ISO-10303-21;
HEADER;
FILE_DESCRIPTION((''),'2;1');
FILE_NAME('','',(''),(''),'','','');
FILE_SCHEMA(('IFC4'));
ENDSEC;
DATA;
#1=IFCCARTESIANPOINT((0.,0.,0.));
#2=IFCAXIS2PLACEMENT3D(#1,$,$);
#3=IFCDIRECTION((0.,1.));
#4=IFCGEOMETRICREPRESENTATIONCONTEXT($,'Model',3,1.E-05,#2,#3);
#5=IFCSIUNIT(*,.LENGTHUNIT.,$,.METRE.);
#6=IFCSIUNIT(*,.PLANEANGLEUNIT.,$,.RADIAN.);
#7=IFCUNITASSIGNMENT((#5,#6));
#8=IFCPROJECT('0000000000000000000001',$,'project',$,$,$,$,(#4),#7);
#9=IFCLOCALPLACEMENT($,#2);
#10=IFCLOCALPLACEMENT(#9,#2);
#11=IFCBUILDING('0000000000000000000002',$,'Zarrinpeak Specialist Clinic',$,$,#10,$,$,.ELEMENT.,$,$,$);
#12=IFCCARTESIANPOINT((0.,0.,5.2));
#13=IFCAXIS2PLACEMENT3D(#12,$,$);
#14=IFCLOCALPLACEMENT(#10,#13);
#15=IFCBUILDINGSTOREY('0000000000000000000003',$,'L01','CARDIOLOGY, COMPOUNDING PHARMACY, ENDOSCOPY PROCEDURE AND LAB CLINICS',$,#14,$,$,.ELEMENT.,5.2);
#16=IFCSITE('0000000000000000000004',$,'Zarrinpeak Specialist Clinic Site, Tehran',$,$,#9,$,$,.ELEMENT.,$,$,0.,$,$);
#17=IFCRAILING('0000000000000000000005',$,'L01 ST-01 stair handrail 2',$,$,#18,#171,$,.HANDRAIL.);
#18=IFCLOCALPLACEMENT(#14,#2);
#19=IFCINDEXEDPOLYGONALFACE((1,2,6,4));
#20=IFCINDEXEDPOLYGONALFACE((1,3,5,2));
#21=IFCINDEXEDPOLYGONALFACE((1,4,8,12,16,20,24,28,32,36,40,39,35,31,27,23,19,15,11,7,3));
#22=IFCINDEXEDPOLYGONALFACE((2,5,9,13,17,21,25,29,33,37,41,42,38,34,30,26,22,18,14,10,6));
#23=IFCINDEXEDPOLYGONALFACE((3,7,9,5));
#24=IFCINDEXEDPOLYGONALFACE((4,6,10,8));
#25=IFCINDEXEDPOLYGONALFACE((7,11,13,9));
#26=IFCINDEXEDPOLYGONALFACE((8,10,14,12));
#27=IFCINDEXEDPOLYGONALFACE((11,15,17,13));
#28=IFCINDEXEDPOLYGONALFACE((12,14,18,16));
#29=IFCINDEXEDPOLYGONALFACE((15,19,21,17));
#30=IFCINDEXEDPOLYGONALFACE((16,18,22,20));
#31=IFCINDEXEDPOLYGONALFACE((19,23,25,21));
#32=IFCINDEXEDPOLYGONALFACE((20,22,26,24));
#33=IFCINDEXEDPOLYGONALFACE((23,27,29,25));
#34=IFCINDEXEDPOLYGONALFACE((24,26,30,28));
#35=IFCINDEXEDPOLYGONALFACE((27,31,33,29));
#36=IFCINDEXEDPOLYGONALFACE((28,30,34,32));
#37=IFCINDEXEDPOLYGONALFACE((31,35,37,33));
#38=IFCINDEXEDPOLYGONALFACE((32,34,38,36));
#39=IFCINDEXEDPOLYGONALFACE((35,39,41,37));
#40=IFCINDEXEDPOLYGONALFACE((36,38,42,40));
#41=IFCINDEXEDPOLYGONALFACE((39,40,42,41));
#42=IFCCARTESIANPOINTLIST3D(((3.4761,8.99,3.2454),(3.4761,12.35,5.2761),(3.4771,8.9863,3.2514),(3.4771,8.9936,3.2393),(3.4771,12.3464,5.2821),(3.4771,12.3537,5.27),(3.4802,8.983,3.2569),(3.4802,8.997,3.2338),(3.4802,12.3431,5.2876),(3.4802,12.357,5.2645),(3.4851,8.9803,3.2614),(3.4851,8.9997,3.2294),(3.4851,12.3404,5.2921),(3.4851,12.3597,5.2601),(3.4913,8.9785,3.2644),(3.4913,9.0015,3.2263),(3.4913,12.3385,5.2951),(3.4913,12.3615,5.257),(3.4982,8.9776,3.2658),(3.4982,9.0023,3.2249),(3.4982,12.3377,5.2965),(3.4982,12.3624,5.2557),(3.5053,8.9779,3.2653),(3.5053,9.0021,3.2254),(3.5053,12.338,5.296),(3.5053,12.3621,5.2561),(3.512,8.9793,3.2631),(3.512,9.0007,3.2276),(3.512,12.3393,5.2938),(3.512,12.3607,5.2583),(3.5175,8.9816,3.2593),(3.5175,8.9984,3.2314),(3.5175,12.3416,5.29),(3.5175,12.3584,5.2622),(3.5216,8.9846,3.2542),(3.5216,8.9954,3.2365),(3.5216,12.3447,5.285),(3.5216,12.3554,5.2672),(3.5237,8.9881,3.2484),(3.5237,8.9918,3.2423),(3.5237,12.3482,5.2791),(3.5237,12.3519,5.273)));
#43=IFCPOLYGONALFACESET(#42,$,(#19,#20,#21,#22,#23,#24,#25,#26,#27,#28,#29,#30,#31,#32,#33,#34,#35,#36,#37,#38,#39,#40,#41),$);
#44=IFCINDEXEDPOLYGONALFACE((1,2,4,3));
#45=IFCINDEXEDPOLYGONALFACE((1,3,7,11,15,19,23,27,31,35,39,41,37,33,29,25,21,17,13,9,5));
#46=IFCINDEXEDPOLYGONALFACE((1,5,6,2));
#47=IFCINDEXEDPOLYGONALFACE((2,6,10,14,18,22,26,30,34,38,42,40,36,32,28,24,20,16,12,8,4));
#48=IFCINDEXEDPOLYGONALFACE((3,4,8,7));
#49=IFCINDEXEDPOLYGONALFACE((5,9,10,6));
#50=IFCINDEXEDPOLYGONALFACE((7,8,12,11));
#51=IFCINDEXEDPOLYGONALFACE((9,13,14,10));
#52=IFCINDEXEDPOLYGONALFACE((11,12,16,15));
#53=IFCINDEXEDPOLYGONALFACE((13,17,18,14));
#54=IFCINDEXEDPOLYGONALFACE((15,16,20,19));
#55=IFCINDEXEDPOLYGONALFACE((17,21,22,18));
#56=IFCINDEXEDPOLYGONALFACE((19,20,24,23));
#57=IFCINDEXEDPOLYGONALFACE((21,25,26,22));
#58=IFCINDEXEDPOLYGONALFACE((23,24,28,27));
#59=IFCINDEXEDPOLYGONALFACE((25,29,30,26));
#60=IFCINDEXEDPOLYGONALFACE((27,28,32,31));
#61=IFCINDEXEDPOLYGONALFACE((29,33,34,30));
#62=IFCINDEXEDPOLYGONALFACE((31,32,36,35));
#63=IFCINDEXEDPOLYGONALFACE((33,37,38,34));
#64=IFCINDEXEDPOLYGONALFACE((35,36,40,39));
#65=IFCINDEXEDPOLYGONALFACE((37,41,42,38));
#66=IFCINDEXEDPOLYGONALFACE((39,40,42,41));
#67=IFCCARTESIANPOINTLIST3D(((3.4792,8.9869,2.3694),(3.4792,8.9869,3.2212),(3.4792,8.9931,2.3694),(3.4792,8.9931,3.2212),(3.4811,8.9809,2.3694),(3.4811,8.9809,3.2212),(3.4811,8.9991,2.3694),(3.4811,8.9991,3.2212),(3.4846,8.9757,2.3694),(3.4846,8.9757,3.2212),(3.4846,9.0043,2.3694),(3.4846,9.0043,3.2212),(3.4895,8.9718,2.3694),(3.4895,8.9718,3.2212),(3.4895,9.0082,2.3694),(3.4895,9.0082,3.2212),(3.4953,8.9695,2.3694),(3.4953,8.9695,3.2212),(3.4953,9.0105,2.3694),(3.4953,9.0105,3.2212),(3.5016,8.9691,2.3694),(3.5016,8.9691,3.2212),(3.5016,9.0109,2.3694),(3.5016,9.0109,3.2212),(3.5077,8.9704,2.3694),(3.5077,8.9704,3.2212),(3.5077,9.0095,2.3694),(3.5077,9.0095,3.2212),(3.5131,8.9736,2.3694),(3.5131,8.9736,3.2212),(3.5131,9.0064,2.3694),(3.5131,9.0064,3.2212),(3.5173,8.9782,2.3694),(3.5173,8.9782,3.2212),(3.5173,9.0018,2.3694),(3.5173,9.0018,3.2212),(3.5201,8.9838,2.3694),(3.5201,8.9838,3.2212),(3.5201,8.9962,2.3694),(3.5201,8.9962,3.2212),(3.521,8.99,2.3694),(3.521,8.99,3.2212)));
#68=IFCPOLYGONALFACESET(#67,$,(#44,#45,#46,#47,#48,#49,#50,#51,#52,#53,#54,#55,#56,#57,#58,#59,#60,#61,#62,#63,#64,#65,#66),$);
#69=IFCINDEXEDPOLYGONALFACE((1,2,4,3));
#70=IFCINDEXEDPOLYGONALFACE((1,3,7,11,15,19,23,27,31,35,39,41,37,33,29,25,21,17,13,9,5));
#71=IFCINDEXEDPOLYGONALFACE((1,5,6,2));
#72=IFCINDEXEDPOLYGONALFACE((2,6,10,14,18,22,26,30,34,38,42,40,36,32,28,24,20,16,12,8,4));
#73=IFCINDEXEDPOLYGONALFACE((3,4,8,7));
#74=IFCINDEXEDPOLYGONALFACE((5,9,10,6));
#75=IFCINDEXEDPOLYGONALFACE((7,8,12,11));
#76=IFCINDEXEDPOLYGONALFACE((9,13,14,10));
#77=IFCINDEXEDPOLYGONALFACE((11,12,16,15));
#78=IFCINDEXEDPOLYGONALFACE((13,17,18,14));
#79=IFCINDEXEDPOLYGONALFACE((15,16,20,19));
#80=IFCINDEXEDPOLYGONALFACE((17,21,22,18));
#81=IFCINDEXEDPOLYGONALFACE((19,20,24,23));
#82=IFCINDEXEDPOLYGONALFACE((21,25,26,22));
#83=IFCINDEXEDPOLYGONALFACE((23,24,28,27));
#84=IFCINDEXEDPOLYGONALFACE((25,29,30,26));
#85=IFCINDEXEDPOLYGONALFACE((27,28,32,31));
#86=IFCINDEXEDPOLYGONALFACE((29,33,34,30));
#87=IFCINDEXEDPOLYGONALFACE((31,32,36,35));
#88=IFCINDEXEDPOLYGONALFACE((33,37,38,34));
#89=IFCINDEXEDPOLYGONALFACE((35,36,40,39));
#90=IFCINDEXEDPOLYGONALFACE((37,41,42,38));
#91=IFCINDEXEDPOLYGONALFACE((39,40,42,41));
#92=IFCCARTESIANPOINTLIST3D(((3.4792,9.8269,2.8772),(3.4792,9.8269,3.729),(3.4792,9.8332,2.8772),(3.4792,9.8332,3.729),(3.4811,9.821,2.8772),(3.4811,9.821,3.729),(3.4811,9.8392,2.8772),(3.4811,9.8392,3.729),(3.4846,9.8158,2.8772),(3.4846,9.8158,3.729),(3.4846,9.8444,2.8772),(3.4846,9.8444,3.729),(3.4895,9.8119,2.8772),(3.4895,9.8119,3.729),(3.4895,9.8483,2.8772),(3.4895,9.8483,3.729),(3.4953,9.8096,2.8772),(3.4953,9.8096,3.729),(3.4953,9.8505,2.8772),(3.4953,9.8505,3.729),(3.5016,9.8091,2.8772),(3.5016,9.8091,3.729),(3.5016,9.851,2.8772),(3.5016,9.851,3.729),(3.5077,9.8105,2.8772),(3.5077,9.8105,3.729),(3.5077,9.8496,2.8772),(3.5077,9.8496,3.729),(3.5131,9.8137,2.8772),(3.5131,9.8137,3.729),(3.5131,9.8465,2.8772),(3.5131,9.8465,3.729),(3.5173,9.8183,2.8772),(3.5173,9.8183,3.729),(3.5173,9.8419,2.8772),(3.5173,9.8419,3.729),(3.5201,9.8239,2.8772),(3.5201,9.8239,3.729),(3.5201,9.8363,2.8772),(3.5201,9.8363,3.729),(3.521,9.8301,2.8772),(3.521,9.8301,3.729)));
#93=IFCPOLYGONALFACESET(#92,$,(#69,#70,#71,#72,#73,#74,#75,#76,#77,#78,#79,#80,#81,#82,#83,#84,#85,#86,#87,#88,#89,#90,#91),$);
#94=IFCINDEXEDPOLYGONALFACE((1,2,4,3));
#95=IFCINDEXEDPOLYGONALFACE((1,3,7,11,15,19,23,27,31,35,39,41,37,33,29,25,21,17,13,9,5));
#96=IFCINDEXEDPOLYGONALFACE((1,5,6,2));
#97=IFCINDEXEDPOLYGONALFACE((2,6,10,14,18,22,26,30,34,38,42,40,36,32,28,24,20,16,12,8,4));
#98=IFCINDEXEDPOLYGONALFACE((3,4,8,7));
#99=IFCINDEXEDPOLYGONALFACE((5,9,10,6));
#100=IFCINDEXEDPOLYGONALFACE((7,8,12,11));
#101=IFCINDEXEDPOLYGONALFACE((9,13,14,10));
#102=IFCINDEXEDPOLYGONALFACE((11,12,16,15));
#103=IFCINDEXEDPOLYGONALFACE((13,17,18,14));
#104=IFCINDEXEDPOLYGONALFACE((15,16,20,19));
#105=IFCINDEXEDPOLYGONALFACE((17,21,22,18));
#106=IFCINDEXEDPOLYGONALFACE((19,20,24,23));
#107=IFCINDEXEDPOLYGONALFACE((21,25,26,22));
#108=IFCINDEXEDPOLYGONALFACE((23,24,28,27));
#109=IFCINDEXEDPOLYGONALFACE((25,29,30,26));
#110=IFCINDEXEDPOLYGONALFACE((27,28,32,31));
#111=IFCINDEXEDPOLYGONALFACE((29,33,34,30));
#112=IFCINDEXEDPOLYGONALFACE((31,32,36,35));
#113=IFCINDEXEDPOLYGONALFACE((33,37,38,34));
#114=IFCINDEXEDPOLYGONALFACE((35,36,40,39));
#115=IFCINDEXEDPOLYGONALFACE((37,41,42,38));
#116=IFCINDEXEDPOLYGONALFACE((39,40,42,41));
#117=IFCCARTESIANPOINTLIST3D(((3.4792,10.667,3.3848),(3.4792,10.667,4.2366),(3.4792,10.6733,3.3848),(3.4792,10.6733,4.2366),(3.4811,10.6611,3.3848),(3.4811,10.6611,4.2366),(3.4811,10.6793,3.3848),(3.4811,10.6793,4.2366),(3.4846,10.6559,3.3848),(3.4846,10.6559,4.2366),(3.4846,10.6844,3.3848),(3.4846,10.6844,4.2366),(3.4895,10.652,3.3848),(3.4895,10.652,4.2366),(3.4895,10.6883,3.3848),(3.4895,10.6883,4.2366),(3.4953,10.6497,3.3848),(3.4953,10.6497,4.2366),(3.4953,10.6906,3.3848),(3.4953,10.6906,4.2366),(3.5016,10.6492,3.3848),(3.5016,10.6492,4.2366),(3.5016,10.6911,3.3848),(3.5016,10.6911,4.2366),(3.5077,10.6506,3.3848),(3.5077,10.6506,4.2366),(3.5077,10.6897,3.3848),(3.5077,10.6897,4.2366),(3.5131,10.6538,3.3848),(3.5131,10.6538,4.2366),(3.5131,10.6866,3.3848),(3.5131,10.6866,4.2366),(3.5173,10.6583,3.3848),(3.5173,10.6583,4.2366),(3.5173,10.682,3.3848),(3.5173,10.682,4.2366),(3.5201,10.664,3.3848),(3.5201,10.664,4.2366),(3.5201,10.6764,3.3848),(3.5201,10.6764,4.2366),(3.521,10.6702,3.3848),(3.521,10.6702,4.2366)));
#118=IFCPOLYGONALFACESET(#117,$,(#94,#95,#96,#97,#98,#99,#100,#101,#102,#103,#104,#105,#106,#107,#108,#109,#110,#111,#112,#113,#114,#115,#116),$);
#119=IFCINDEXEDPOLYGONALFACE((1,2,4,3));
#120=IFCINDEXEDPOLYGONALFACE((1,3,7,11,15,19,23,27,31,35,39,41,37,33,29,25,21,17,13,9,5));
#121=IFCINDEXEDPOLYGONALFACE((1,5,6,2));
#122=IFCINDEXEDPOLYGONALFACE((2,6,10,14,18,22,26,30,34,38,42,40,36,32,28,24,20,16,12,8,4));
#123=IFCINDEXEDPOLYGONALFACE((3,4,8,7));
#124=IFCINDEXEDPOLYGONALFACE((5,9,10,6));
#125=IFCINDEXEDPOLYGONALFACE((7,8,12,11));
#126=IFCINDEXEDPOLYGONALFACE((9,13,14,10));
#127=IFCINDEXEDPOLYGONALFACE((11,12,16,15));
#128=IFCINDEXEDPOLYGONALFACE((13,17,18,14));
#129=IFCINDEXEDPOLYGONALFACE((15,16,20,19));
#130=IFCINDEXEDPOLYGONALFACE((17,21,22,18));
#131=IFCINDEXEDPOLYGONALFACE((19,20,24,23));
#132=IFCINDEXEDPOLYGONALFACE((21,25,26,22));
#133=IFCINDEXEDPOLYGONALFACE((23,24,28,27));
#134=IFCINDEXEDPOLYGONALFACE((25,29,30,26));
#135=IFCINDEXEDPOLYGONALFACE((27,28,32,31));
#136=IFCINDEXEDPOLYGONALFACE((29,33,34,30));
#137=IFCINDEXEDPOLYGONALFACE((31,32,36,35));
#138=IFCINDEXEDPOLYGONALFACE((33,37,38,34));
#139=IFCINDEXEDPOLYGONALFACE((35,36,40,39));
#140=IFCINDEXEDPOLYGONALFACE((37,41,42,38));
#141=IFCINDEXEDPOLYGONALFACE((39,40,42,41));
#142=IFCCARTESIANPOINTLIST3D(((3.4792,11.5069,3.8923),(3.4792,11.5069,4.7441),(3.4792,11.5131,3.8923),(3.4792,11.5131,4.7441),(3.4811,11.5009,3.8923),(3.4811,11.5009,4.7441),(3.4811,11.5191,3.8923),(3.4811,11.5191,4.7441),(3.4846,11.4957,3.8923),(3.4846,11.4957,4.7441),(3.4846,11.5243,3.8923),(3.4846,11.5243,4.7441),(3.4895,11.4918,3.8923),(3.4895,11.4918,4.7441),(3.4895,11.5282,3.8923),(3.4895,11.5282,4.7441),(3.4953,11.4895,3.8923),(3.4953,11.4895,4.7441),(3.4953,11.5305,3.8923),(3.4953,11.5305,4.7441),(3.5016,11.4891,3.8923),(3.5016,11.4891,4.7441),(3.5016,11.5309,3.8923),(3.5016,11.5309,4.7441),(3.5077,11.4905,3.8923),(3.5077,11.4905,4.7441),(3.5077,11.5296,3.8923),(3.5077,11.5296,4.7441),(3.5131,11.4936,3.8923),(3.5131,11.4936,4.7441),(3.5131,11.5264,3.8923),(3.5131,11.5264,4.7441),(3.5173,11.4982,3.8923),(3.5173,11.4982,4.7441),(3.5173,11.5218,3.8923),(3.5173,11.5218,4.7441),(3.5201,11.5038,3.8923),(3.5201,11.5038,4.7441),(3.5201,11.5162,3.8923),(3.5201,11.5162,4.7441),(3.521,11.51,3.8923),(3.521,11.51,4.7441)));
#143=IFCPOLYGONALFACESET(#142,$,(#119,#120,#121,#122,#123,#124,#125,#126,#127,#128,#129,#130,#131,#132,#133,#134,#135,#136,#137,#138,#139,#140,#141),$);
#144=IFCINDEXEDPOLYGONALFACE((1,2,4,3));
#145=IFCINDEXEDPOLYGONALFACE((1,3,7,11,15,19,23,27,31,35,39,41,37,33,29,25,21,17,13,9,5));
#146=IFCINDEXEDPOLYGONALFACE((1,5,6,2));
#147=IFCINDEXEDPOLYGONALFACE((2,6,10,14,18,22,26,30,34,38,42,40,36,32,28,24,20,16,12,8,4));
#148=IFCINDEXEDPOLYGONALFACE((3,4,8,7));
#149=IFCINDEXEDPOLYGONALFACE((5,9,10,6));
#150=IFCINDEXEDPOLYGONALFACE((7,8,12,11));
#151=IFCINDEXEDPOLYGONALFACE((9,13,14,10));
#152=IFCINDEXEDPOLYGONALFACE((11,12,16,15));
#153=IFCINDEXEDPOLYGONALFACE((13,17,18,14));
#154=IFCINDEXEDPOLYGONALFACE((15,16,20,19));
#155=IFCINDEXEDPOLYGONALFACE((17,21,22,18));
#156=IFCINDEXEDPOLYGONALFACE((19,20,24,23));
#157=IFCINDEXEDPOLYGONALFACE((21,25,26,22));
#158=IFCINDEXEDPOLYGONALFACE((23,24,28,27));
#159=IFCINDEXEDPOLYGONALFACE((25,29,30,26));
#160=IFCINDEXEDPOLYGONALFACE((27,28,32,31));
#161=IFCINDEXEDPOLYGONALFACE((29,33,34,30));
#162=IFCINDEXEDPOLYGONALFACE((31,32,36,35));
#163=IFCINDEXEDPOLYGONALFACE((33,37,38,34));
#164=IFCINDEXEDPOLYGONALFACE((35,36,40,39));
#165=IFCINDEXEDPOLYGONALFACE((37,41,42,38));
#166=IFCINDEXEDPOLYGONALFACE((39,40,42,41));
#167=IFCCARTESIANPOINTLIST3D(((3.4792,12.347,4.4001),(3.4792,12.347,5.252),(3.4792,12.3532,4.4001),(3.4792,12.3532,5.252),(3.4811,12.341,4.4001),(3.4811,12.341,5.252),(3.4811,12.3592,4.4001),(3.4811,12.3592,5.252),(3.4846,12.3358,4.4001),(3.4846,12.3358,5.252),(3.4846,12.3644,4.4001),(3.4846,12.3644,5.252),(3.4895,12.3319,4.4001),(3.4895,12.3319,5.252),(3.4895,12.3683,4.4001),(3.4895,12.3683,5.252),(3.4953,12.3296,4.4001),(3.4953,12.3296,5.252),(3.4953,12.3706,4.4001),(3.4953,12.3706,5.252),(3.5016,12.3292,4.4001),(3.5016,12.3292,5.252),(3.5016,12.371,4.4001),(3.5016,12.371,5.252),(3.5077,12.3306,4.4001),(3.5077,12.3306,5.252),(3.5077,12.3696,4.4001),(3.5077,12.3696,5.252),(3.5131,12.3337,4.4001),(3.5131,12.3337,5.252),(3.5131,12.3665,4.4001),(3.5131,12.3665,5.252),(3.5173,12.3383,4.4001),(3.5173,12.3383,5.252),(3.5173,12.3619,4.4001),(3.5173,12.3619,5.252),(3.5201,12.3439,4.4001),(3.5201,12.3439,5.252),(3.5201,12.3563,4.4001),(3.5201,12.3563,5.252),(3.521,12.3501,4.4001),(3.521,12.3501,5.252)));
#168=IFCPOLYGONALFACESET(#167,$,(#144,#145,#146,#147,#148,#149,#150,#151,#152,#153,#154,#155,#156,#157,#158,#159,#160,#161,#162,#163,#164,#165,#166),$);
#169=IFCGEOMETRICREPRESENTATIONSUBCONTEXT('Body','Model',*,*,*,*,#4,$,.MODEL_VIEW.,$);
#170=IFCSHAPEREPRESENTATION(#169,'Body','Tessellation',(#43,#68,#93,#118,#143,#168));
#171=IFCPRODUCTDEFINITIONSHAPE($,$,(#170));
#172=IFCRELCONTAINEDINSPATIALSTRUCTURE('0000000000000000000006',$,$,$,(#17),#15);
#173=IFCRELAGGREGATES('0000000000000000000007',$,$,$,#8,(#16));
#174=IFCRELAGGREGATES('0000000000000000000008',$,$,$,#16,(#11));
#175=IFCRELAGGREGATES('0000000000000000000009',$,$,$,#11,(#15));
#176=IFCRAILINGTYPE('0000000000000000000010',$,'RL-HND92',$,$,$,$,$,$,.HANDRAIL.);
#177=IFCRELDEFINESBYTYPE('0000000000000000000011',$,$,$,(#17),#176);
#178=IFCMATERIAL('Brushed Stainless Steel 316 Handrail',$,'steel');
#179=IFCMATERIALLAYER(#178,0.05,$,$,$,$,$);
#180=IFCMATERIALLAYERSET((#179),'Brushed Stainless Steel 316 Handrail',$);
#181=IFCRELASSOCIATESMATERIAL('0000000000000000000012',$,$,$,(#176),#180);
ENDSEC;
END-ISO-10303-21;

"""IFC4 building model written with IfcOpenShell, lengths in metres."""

from ifc_helpers import new_model, si_unit, direction, frame, origin, origin_2d, place, context, subcontext, project, spatial, circle, extrude, material, layer, layer_set, type_object, element, save


model = new_model("IFC4")

# Units and contexts
model_context = context("Model", 3, precision=1e-05, world=origin(), true_north=direction((0.0, 1.0)))
body_context = subcontext(model_context, "Body", "Model", "MODEL_VIEW")
ifc_project = project(units=[si_unit("LENGTHUNIT", "METRE"), si_unit("PLANEANGLEUNIT", "RADIAN")], contexts=[model_context])

# Site, building, storey
site_placement = place(None, origin())
site = spatial("IfcSite", under=ifc_project, at=site_placement, Name="Zarrinpeak Specialist Clinic Site, Tehran", CompositionType="ELEMENT", RefElevation=0.0)
building_placement = place(site_placement, origin())
building = spatial("IfcBuilding", under=site, at=building_placement, Name="Zarrinpeak Specialist Clinic", CompositionType="ELEMENT")
storey_placement = place(building_placement, frame((0.0, 0.0, 5.2)))
storey = spatial("IfcBuildingStorey", under=building, at=storey_placement, Name="L01", Description="CARDIOLOGY, COMPOUNDING PHARMACY, ENDOSCOPY PROCEDURE AND LAB CLINICS", CompositionType="ELEMENT", Elevation=5.2)

# Railing
ifc_material_1 = material(Name="Brushed Stainless Steel 316 Handrail", Category="steel")
ifc_layer_1 = layer(ifc_material_1, 0.05)
ifc_layer_set_1 = layer_set([ifc_layer_1], Name="Brushed Stainless Steel 316 Handrail")
railing_type_1 = type_object("IfcRailingType", Name="RL-HND92", PredefinedType="HANDRAIL", material=ifc_layer_set_1)
railing_1_placement = place(storey_placement, frame((3.5, 8.99, 2.3694)))
element("IfcRailing", 1, at=railing_1_placement, inside=storey, type_object=railing_type_1, Name="L01 ST-01 stair handrail 2", PredefinedType="HANDRAIL", context=body_context, shape_type="SweptSolid", body=[
    extrude(circle(Radius=0.0239, at=origin_2d()), frame((0.0, 0.0, 0.876), z_axis=(0.0, 0.855837, 0.517246), x_axis=(-1.0, 0.0, 0.0)), (0.0, 0.0, 1.0), 3.926),
    extrude(circle(Radius=0.021, at=origin_2d()), origin(), (0.0, 0.0, 1.0), 0.8518),
    extrude(circle(Radius=0.021, at=origin_2d()), frame((0.0, 0.8401, 0.5078)), (0.0, 0.0, 1.0), 0.8518),
    extrude(circle(Radius=0.021, at=origin_2d()), frame((0.0, 1.6802, 1.0154)), (0.0, 0.0, 1.0), 0.8518),
    extrude(circle(Radius=0.021, at=origin_2d()), frame((0.0, 2.52, 1.5229)), (0.0, 0.0, 1.0), 0.8518),
    extrude(circle(Radius=0.021, at=origin_2d()), frame((0.0, 3.3601, 2.0308)), (0.0, 0.0, 1.0), 0.8518),
])

save(model, "model.ifc")
